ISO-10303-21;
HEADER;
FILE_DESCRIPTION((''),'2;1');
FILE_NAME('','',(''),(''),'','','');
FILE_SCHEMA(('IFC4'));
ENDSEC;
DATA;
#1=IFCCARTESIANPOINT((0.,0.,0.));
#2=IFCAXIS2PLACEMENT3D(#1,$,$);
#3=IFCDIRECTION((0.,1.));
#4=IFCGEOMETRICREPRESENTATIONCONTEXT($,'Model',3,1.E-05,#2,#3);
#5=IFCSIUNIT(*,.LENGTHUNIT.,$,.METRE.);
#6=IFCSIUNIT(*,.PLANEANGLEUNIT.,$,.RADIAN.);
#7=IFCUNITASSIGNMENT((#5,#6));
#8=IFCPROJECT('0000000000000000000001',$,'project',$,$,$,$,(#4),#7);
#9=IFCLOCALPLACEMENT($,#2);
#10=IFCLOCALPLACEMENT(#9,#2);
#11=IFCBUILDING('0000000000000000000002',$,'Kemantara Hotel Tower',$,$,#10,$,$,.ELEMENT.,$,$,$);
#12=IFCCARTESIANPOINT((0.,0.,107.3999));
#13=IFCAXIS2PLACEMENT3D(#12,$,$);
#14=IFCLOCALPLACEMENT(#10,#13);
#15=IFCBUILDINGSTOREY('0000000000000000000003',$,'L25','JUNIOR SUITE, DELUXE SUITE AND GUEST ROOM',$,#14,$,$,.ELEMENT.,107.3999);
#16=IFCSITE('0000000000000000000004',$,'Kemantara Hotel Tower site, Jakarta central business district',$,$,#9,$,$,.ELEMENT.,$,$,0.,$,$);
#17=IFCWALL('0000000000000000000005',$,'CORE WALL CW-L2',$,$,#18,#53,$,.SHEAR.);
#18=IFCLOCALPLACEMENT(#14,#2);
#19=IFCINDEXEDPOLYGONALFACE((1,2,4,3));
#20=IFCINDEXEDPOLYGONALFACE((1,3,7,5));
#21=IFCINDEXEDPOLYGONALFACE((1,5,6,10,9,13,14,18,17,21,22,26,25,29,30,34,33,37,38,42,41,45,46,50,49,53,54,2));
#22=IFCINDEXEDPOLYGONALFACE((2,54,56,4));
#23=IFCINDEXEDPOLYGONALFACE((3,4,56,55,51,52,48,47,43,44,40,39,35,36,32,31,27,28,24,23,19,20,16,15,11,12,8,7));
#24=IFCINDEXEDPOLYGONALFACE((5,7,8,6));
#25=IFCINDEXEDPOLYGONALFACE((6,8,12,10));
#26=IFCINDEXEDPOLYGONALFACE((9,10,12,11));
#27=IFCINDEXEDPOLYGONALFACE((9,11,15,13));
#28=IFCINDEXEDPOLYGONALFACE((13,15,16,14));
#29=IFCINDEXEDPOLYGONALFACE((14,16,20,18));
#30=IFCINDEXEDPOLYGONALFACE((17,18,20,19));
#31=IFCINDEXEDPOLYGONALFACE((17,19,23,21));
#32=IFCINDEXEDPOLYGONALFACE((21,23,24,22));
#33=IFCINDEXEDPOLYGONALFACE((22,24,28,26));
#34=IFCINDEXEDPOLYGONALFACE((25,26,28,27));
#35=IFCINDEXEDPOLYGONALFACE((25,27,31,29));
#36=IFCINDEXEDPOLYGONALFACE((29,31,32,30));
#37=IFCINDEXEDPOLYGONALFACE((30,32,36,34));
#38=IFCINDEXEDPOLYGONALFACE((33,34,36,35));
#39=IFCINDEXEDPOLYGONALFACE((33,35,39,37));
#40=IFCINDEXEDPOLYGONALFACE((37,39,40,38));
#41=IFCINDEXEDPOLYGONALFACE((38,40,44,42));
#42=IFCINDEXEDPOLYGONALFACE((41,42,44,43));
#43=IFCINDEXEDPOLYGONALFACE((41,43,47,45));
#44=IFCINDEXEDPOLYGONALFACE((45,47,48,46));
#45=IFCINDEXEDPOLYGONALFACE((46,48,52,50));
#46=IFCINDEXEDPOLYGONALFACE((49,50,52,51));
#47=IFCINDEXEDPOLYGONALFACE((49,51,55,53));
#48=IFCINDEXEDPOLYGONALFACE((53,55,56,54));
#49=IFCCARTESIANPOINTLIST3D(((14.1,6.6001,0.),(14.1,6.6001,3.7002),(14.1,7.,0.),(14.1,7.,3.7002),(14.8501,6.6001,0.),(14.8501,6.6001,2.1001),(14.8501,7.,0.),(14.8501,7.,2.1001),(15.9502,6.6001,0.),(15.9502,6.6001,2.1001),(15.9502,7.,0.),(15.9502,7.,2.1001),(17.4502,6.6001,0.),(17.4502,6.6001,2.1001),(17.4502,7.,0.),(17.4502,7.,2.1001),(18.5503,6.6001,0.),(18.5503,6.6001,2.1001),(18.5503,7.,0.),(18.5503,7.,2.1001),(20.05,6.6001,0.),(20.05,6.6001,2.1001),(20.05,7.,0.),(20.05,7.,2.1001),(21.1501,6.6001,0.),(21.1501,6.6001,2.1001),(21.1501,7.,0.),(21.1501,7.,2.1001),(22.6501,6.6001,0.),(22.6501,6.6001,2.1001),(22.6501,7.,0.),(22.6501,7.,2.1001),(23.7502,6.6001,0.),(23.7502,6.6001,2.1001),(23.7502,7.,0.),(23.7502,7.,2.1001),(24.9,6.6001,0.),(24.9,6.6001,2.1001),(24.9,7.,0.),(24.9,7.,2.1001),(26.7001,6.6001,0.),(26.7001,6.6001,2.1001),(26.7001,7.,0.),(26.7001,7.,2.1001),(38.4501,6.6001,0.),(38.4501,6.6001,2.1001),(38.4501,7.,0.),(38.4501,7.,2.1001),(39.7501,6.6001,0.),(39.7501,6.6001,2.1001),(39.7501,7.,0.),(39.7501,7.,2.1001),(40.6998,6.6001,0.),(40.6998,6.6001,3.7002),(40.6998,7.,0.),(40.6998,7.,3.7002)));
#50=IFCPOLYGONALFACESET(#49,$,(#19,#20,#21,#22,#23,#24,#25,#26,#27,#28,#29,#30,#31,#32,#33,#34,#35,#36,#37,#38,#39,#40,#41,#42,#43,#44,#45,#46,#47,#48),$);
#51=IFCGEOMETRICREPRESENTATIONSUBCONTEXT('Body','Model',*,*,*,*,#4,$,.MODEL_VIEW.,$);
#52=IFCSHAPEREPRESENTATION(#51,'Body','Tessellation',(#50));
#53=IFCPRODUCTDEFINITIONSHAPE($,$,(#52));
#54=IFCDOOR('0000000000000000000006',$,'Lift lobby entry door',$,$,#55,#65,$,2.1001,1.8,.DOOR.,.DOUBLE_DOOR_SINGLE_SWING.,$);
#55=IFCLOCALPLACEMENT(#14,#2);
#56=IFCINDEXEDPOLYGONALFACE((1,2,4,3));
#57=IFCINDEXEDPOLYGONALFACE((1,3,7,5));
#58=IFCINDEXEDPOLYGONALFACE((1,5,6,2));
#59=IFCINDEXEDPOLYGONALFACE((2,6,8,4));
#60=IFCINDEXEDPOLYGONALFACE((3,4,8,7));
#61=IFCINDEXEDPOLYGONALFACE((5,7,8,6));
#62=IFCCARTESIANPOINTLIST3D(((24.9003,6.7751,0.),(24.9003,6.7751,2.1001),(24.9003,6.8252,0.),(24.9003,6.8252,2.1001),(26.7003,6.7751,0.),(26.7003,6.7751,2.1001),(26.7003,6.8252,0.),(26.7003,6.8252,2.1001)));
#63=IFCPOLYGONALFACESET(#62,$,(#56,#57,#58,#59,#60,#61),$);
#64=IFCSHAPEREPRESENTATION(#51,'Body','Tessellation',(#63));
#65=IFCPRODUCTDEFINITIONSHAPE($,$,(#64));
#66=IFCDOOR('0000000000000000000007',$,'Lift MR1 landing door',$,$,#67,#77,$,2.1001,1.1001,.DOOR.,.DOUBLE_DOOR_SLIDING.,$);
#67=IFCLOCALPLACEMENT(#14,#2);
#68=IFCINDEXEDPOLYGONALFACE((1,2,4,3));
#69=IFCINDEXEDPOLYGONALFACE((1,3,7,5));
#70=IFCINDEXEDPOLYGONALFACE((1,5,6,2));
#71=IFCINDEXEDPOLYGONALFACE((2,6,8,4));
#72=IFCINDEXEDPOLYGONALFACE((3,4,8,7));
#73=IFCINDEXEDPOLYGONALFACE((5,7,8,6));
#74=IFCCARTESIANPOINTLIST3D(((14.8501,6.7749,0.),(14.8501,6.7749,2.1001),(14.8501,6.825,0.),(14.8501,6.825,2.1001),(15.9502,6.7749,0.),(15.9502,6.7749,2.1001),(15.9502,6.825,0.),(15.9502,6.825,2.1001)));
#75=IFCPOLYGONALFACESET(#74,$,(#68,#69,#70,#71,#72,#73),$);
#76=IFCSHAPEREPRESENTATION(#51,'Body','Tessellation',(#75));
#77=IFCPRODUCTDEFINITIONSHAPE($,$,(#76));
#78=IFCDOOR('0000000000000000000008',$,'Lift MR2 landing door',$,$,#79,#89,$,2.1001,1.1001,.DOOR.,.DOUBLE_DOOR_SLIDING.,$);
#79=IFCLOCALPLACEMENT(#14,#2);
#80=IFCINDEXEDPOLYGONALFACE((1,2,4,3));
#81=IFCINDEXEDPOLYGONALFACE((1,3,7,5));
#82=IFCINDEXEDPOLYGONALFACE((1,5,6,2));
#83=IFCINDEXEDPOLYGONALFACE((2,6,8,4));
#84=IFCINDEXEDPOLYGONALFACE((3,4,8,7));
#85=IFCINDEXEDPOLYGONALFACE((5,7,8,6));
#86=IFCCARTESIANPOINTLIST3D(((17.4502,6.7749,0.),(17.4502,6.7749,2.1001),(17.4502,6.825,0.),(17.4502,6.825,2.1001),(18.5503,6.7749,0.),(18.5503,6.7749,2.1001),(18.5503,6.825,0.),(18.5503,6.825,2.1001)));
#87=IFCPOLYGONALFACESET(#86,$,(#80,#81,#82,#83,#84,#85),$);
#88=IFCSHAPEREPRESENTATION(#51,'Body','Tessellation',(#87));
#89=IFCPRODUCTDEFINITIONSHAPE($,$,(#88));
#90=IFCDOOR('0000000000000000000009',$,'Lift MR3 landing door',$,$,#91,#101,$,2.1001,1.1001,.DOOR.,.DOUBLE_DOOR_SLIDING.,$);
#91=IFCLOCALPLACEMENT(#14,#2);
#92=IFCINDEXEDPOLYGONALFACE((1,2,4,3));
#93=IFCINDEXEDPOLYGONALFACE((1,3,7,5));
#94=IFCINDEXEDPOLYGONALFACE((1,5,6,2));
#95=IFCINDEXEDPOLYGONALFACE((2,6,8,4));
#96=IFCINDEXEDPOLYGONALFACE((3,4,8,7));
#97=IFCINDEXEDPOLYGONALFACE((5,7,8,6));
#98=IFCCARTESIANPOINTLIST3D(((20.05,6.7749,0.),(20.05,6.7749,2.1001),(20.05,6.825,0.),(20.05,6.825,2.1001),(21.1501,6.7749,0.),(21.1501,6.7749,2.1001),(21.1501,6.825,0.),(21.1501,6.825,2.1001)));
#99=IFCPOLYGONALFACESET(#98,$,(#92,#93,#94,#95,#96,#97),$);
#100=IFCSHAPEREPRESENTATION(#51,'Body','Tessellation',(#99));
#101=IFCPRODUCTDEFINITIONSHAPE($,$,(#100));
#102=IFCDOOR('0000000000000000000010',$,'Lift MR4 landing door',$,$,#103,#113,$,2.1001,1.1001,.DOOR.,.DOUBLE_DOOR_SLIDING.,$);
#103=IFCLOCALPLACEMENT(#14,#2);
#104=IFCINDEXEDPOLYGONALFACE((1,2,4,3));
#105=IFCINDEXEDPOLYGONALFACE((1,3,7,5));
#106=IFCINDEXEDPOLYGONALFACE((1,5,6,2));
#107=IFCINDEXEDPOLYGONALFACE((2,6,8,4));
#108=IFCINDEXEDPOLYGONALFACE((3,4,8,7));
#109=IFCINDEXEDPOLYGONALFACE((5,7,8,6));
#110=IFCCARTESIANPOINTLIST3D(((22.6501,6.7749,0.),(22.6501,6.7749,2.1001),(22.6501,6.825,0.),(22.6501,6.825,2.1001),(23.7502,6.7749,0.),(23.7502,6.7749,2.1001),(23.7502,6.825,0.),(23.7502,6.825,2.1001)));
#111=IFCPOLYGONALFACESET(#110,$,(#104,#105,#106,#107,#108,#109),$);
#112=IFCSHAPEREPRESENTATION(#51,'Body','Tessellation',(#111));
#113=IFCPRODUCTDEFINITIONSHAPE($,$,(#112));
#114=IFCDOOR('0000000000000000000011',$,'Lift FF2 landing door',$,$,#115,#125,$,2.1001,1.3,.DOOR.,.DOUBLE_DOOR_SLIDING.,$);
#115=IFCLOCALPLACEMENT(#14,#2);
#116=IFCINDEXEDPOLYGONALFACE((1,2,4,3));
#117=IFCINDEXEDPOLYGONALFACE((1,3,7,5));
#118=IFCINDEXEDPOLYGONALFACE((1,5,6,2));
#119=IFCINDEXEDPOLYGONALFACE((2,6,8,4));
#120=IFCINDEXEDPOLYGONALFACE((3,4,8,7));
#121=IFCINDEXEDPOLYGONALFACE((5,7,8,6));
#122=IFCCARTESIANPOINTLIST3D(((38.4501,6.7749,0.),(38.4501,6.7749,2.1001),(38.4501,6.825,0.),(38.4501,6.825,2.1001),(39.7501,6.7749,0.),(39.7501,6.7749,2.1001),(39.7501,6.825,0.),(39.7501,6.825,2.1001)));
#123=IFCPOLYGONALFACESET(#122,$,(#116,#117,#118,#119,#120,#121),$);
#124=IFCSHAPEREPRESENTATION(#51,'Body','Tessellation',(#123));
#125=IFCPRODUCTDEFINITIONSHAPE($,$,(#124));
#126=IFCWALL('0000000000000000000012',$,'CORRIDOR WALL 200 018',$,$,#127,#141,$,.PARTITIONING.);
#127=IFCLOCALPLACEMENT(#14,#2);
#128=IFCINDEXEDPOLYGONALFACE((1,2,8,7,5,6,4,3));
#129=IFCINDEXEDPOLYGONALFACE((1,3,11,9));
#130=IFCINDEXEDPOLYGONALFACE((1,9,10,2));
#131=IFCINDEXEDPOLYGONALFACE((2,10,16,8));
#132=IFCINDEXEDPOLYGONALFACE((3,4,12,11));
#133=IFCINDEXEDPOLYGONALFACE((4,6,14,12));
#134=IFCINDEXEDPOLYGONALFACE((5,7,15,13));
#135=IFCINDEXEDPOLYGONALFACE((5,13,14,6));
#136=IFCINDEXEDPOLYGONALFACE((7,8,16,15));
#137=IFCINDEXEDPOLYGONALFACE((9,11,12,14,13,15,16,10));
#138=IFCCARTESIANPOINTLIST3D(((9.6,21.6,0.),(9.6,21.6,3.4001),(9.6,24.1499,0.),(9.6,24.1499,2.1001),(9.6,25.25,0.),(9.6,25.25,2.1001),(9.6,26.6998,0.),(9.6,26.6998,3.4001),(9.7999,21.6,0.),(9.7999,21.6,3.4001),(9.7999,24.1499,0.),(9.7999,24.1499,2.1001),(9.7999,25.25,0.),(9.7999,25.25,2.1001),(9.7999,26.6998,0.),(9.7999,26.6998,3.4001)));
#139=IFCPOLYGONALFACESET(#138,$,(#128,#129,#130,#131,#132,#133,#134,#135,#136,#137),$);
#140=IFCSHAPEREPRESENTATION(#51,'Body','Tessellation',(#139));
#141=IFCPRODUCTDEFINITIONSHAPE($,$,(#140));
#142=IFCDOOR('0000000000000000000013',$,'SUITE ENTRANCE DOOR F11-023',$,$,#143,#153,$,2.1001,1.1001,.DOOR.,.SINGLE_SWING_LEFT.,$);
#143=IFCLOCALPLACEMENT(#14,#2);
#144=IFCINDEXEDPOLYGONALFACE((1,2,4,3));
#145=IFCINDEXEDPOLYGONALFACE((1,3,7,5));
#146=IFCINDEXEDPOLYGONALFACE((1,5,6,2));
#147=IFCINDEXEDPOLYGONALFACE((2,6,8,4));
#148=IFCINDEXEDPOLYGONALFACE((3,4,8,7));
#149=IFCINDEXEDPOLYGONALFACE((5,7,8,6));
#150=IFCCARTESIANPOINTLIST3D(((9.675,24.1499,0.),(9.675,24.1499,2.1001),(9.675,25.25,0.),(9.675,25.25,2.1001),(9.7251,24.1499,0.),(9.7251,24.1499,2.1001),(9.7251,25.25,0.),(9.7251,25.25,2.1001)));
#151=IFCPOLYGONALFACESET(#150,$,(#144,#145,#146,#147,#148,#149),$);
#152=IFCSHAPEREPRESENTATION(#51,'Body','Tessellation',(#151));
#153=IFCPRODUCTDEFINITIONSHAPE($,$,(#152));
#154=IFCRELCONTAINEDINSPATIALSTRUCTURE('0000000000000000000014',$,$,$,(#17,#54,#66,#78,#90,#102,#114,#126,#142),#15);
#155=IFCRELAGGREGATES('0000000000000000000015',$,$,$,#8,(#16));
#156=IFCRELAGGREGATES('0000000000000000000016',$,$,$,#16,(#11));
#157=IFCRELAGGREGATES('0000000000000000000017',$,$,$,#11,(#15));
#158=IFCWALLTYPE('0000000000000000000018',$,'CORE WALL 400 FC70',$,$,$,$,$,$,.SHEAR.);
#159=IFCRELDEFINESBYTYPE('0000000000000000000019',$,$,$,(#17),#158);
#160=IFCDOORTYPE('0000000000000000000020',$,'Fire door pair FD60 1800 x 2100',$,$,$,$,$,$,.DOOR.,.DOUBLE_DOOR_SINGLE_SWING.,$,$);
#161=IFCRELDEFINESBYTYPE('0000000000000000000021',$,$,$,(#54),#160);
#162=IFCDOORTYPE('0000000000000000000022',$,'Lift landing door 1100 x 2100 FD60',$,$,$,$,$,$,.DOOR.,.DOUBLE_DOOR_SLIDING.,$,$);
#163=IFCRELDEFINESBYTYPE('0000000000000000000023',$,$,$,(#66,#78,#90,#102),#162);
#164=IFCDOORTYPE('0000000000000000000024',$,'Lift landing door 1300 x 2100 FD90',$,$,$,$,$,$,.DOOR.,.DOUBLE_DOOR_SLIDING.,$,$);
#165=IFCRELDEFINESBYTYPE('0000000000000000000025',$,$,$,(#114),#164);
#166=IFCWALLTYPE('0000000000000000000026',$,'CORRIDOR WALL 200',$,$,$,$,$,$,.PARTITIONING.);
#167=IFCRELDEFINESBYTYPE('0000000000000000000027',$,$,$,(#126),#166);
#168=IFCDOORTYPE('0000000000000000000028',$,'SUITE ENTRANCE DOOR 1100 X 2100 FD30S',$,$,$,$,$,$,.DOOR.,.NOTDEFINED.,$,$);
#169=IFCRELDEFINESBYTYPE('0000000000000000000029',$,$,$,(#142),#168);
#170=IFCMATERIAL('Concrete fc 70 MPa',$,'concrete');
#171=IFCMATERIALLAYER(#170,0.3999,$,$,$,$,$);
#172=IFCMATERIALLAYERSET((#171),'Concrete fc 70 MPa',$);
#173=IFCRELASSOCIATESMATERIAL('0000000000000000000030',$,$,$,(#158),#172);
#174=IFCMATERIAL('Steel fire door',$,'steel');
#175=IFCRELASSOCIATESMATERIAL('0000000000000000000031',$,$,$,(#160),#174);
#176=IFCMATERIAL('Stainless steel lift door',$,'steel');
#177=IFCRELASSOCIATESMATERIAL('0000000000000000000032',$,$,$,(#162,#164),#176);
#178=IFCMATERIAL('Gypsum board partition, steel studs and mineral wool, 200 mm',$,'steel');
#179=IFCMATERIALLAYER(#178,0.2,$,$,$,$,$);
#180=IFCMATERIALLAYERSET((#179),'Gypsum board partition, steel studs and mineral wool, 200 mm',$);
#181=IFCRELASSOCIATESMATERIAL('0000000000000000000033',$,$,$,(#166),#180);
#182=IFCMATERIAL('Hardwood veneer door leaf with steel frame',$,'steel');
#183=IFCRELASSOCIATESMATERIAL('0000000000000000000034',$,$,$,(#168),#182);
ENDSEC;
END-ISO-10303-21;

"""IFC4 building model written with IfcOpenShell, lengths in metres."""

from ifc_helpers import new_model, si_unit, direction, frame, frame_2d, origin, place, context, subcontext, project, spatial, rectangle, extrude, material, layer, layer_set, type_object, element, fill, save


model = new_model("IFC4")

# Units and contexts
model_context = context("Model", 3, precision=1e-05, world=origin(), true_north=direction((0.0, 1.0)))
body_context = subcontext(model_context, "Body", "Model", "MODEL_VIEW")
ifc_project = project(units=[si_unit("LENGTHUNIT", "METRE"), si_unit("PLANEANGLEUNIT", "RADIAN")], contexts=[model_context])

# Site, building, storey
site_placement = place(None, origin())
site = spatial("IfcSite", under=ifc_project, at=site_placement, Name="Kemantara Hotel Tower site, Jakarta central business district", CompositionType="ELEMENT", RefElevation=0.0)
building_placement = place(site_placement, origin())
building = spatial("IfcBuilding", under=site, at=building_placement, Name="Kemantara Hotel Tower", CompositionType="ELEMENT")
storey_placement = place(building_placement, frame((0.0, 0.0, 107.3999)))
storey = spatial("IfcBuildingStorey", under=building, at=storey_placement, Name="L25", Description="JUNIOR SUITE, DELUXE SUITE AND GUEST ROOM", CompositionType="ELEMENT", Elevation=107.3999)

# Shared definitions
ifc_material_1 = material(Name="Concrete fc 70 MPa", Category="concrete")

# Shared definitions
ifc_layer_1 = layer(ifc_material_1, 0.3999)
ifc_layer_set_1 = layer_set([ifc_layer_1], Name="Concrete fc 70 MPa")
wall_type_1 = type_object("IfcWallType", Name="CORE WALL 400 FC70", PredefinedType="SHEAR", material=ifc_layer_set_1)
ifc_material_2 = material(Name="Steel fire door", Category="steel")

# Wall, openings, doors
wall_1_placement = place(storey_placement, frame((14.1001, 6.8, 0.0), z_axis=(0.0, 0.0, 1.0), x_axis=(1.0, 0.0, 0.0)))
wall_1 = element("IfcWall", 1, at=wall_1_placement, inside=storey, type_object=wall_type_1, Name="CORE WALL CW-L2", PredefinedType="SHEAR", context=body_context, shape_type="SweptSolid", body=[
    extrude(rectangle(XDim=26.5999, YDim=0.3999, at=frame_2d((13.2998, 0.0))), origin(), (0.0, 0.0, 1.0), 3.7002),
])
opening_1_placement = place(wall_1_placement, frame((10.8, 0.0, 0.0)))
opening_1 = element("IfcOpeningElement", 2, at=opening_1_placement, cuts=wall_1, PredefinedType="OPENING", context=body_context, shape_type="SweptSolid", body=[
    extrude(rectangle(XDim=1.8, YDim=2.1001, at=frame_2d((0.8999, 1.05))), frame((0.0, 0.21, 0.0), z_axis=(0.0, -1.0, 0.0), x_axis=(1.0, 0.0, 0.0)), (0.0, 0.0, 1.0), 0.4199),
])
opening_2_placement = place(wall_1_placement, frame((0.75, 0.0, 0.0)))
opening_2 = element("IfcOpeningElement", 3, at=opening_2_placement, cuts=wall_1, PredefinedType="OPENING", context=body_context, shape_type="SweptSolid", body=[
    extrude(rectangle(XDim=1.1001, YDim=2.1001, at=frame_2d((0.55, 1.05))), frame((0.0, 0.21, 0.0), z_axis=(0.0, -1.0, 0.0), x_axis=(1.0, 0.0, 0.0)), (0.0, 0.0, 1.0), 0.4199),
])
opening_3_placement = place(wall_1_placement, frame((3.3501, 0.0, 0.0)))
opening_3 = element("IfcOpeningElement", 4, at=opening_3_placement, cuts=wall_1, PredefinedType="OPENING", context=body_context, shape_type="SweptSolid", body=[
    extrude(rectangle(XDim=1.1001, YDim=2.1001, at=frame_2d((0.55, 1.05))), frame((0.0, 0.21, 0.0), z_axis=(0.0, -1.0, 0.0), x_axis=(1.0, 0.0, 0.0)), (0.0, 0.0, 1.0), 0.4199),
])
opening_4_placement = place(wall_1_placement, frame((5.95, 0.0, 0.0)))
opening_4 = element("IfcOpeningElement", 5, at=opening_4_placement, cuts=wall_1, PredefinedType="OPENING", context=body_context, shape_type="SweptSolid", body=[
    extrude(rectangle(XDim=1.1001, YDim=2.1001, at=frame_2d((0.55, 1.05))), frame((0.0, 0.21, 0.0), z_axis=(0.0, -1.0, 0.0), x_axis=(1.0, 0.0, 0.0)), (0.0, 0.0, 1.0), 0.4199),
])
opening_5_placement = place(wall_1_placement, frame((8.55, 0.0, 0.0)))
opening_5 = element("IfcOpeningElement", 6, at=opening_5_placement, cuts=wall_1, PredefinedType="OPENING", context=body_context, shape_type="SweptSolid", body=[
    extrude(rectangle(XDim=1.1001, YDim=2.1001, at=frame_2d((0.55, 1.05))), frame((0.0, 0.21, 0.0), z_axis=(0.0, -1.0, 0.0), x_axis=(1.0, 0.0, 0.0)), (0.0, 0.0, 1.0), 0.4199),
])
opening_6_placement = place(wall_1_placement, frame((24.3501, 0.0, 0.0)))
opening_6 = element("IfcOpeningElement", 7, at=opening_6_placement, cuts=wall_1, PredefinedType="OPENING", context=body_context, shape_type="SweptSolid", body=[
    extrude(rectangle(XDim=1.3, YDim=2.1001, at=frame_2d((0.6499, 1.05))), frame((0.0, 0.21, 0.0), z_axis=(0.0, -1.0, 0.0), x_axis=(1.0, 0.0, 0.0)), (0.0, 0.0, 1.0), 0.4199),
])
door_type_1 = type_object("IfcDoorType", Name="Fire door pair FD60 1800 x 2100", OperationType="DOUBLE_DOOR_SINGLE_SWING", PredefinedType="DOOR", material=ifc_material_2)
door_1_placement = place(opening_1_placement, frame((1.8, 0.0, 0.0), z_axis=(0.0, 0.0, 1.0), x_axis=(-1.0, 0.0, 0.0)))
door_1 = element("IfcDoor", 8, at=door_1_placement, inside=storey, type_object=door_type_1, Name="Lift lobby entry door", OperationType="DOUBLE_DOOR_SINGLE_SWING", OverallHeight=2.1001, OverallWidth=1.8, PredefinedType="DOOR", context=body_context, shape_type="SweptSolid", body=[
    extrude(rectangle(XDim=1.8, YDim=2.1001, at=frame_2d((0.8999, 1.05))), frame((0.0, 0.0249, 0.0), z_axis=(0.0, -1.0, 0.0), x_axis=(1.0, 0.0, 0.0)), (0.0, 0.0, 1.0), 0.05),
])
fill(opening_1, door_1)
ifc_material_3 = material(Name="Stainless steel lift door", Category="steel")
door_type_2 = type_object("IfcDoorType", Name="Lift landing door 1100 x 2100 FD60", OperationType="DOUBLE_DOOR_SLIDING", PredefinedType="DOOR", material=ifc_material_3)
door_2_placement = place(opening_2_placement, origin())
door_2 = element("IfcDoor", 9, at=door_2_placement, inside=storey, type_object=door_type_2, Name="Lift MR1 landing door", OperationType="DOUBLE_DOOR_SLIDING", OverallHeight=2.1001, OverallWidth=1.1001, PredefinedType="DOOR", context=body_context, shape_type="SweptSolid", body=[
    extrude(rectangle(XDim=1.1001, YDim=2.1001, at=frame_2d((0.55, 1.05))), frame((0.0, 0.0249, 0.0), z_axis=(0.0, -1.0, 0.0), x_axis=(1.0, 0.0, 0.0)), (0.0, 0.0, 1.0), 0.05),
])
fill(opening_2, door_2)
door_3_placement = place(opening_3_placement, origin())
door_3 = element("IfcDoor", 10, at=door_3_placement, inside=storey, type_object=door_type_2, Name="Lift MR2 landing door", OperationType="DOUBLE_DOOR_SLIDING", OverallHeight=2.1001, OverallWidth=1.1001, PredefinedType="DOOR", context=body_context, shape_type="SweptSolid", body=[
    extrude(rectangle(XDim=1.1001, YDim=2.1001, at=frame_2d((0.55, 1.05))), frame((0.0, 0.0249, 0.0), z_axis=(0.0, -1.0, 0.0), x_axis=(1.0, 0.0, 0.0)), (0.0, 0.0, 1.0), 0.05),
])
fill(opening_3, door_3)
door_4_placement = place(opening_4_placement, origin())
door_4 = element("IfcDoor", 11, at=door_4_placement, inside=storey, type_object=door_type_2, Name="Lift MR3 landing door", OperationType="DOUBLE_DOOR_SLIDING", OverallHeight=2.1001, OverallWidth=1.1001, PredefinedType="DOOR", context=body_context, shape_type="SweptSolid", body=[
    extrude(rectangle(XDim=1.1001, YDim=2.1001, at=frame_2d((0.55, 1.05))), frame((0.0, 0.0249, 0.0), z_axis=(0.0, -1.0, 0.0), x_axis=(1.0, 0.0, 0.0)), (0.0, 0.0, 1.0), 0.05),
])
fill(opening_4, door_4)
door_5_placement = place(opening_5_placement, origin())
door_5 = element("IfcDoor", 12, at=door_5_placement, inside=storey, type_object=door_type_2, Name="Lift MR4 landing door", OperationType="DOUBLE_DOOR_SLIDING", OverallHeight=2.1001, OverallWidth=1.1001, PredefinedType="DOOR", context=body_context, shape_type="SweptSolid", body=[
    extrude(rectangle(XDim=1.1001, YDim=2.1001, at=frame_2d((0.55, 1.05))), frame((0.0, 0.0249, 0.0), z_axis=(0.0, -1.0, 0.0), x_axis=(1.0, 0.0, 0.0)), (0.0, 0.0, 1.0), 0.05),
])
fill(opening_5, door_5)
door_type_3 = type_object("IfcDoorType", Name="Lift landing door 1300 x 2100 FD90", OperationType="DOUBLE_DOOR_SLIDING", PredefinedType="DOOR", material=ifc_material_3)
door_6_placement = place(opening_6_placement, origin())
door_6 = element("IfcDoor", 13, at=door_6_placement, inside=storey, type_object=door_type_3, Name="Lift FF2 landing door", OperationType="DOUBLE_DOOR_SLIDING", OverallHeight=2.1001, OverallWidth=1.3, PredefinedType="DOOR", context=body_context, shape_type="SweptSolid", body=[
    extrude(rectangle(XDim=1.3, YDim=2.1001, at=frame_2d((0.6499, 1.05))), frame((0.0, 0.0249, 0.0), z_axis=(0.0, -1.0, 0.0), x_axis=(1.0, 0.0, 0.0)), (0.0, 0.0, 1.0), 0.05),
])
fill(opening_6, door_6)

# Wall, opening, door
ifc_material_4 = material(Name="Gypsum board partition, steel studs and mineral wool, 200 mm", Category="steel")
ifc_layer_2 = layer(ifc_material_4, 0.2)
ifc_layer_set_2 = layer_set([ifc_layer_2], Name="Gypsum board partition, steel studs and mineral wool, 200 mm")
wall_type_2 = type_object("IfcWallType", Name="CORRIDOR WALL 200", PredefinedType="PARTITIONING", material=ifc_layer_set_2)
wall_2_placement = place(storey_placement, frame((9.7, 21.6001, 0.0), z_axis=(0.0, 0.0, 1.0), x_axis=(0.0, 1.0, 0.0)))
wall_2 = element("IfcWall", 14, at=wall_2_placement, inside=storey, type_object=wall_type_2, Name="CORRIDOR WALL 200 018", PredefinedType="PARTITIONING", context=body_context, shape_type="SweptSolid", body=[
    extrude(rectangle(XDim=5.0999, YDim=0.2, at=frame_2d((2.5498, 0.0))), origin(), (0.0, 0.0, 1.0), 3.4001),
])
opening_7_placement = place(wall_2_placement, frame((2.5498, 0.0, 0.0)))
opening_7 = element("IfcOpeningElement", 15, at=opening_7_placement, cuts=wall_2, PredefinedType="OPENING", context=body_context, shape_type="SweptSolid", body=[
    extrude(rectangle(XDim=1.1001, YDim=2.1001, at=frame_2d((0.55, 1.05))), frame((0.0, 0.1099, 0.0), z_axis=(0.0, -1.0, 0.0), x_axis=(1.0, 0.0, 0.0)), (0.0, 0.0, 1.0), 0.22),
])
ifc_material_5 = material(Name="Hardwood veneer door leaf with steel frame", Category="steel")
door_type_4 = type_object("IfcDoorType", Name="SUITE ENTRANCE DOOR 1100 X 2100 FD30S", OperationType="NOTDEFINED", PredefinedType="DOOR", material=ifc_material_5)
door_7_placement = place(opening_7_placement, origin())
door_7 = element("IfcDoor", 16, at=door_7_placement, inside=storey, type_object=door_type_4, Name="SUITE ENTRANCE DOOR F11-023", OperationType="SINGLE_SWING_LEFT", OverallHeight=2.1001, OverallWidth=1.1001, PredefinedType="DOOR", context=body_context, shape_type="SweptSolid", body=[
    extrude(rectangle(XDim=1.1001, YDim=2.1001, at=frame_2d((0.55, 1.05))), frame((0.0, 0.0249, 0.0), z_axis=(0.0, -1.0, 0.0), x_axis=(1.0, 0.0, 0.0)), (0.0, 0.0, 1.0), 0.05),
])
fill(opening_7, door_7)

save(model, "model.ifc")
